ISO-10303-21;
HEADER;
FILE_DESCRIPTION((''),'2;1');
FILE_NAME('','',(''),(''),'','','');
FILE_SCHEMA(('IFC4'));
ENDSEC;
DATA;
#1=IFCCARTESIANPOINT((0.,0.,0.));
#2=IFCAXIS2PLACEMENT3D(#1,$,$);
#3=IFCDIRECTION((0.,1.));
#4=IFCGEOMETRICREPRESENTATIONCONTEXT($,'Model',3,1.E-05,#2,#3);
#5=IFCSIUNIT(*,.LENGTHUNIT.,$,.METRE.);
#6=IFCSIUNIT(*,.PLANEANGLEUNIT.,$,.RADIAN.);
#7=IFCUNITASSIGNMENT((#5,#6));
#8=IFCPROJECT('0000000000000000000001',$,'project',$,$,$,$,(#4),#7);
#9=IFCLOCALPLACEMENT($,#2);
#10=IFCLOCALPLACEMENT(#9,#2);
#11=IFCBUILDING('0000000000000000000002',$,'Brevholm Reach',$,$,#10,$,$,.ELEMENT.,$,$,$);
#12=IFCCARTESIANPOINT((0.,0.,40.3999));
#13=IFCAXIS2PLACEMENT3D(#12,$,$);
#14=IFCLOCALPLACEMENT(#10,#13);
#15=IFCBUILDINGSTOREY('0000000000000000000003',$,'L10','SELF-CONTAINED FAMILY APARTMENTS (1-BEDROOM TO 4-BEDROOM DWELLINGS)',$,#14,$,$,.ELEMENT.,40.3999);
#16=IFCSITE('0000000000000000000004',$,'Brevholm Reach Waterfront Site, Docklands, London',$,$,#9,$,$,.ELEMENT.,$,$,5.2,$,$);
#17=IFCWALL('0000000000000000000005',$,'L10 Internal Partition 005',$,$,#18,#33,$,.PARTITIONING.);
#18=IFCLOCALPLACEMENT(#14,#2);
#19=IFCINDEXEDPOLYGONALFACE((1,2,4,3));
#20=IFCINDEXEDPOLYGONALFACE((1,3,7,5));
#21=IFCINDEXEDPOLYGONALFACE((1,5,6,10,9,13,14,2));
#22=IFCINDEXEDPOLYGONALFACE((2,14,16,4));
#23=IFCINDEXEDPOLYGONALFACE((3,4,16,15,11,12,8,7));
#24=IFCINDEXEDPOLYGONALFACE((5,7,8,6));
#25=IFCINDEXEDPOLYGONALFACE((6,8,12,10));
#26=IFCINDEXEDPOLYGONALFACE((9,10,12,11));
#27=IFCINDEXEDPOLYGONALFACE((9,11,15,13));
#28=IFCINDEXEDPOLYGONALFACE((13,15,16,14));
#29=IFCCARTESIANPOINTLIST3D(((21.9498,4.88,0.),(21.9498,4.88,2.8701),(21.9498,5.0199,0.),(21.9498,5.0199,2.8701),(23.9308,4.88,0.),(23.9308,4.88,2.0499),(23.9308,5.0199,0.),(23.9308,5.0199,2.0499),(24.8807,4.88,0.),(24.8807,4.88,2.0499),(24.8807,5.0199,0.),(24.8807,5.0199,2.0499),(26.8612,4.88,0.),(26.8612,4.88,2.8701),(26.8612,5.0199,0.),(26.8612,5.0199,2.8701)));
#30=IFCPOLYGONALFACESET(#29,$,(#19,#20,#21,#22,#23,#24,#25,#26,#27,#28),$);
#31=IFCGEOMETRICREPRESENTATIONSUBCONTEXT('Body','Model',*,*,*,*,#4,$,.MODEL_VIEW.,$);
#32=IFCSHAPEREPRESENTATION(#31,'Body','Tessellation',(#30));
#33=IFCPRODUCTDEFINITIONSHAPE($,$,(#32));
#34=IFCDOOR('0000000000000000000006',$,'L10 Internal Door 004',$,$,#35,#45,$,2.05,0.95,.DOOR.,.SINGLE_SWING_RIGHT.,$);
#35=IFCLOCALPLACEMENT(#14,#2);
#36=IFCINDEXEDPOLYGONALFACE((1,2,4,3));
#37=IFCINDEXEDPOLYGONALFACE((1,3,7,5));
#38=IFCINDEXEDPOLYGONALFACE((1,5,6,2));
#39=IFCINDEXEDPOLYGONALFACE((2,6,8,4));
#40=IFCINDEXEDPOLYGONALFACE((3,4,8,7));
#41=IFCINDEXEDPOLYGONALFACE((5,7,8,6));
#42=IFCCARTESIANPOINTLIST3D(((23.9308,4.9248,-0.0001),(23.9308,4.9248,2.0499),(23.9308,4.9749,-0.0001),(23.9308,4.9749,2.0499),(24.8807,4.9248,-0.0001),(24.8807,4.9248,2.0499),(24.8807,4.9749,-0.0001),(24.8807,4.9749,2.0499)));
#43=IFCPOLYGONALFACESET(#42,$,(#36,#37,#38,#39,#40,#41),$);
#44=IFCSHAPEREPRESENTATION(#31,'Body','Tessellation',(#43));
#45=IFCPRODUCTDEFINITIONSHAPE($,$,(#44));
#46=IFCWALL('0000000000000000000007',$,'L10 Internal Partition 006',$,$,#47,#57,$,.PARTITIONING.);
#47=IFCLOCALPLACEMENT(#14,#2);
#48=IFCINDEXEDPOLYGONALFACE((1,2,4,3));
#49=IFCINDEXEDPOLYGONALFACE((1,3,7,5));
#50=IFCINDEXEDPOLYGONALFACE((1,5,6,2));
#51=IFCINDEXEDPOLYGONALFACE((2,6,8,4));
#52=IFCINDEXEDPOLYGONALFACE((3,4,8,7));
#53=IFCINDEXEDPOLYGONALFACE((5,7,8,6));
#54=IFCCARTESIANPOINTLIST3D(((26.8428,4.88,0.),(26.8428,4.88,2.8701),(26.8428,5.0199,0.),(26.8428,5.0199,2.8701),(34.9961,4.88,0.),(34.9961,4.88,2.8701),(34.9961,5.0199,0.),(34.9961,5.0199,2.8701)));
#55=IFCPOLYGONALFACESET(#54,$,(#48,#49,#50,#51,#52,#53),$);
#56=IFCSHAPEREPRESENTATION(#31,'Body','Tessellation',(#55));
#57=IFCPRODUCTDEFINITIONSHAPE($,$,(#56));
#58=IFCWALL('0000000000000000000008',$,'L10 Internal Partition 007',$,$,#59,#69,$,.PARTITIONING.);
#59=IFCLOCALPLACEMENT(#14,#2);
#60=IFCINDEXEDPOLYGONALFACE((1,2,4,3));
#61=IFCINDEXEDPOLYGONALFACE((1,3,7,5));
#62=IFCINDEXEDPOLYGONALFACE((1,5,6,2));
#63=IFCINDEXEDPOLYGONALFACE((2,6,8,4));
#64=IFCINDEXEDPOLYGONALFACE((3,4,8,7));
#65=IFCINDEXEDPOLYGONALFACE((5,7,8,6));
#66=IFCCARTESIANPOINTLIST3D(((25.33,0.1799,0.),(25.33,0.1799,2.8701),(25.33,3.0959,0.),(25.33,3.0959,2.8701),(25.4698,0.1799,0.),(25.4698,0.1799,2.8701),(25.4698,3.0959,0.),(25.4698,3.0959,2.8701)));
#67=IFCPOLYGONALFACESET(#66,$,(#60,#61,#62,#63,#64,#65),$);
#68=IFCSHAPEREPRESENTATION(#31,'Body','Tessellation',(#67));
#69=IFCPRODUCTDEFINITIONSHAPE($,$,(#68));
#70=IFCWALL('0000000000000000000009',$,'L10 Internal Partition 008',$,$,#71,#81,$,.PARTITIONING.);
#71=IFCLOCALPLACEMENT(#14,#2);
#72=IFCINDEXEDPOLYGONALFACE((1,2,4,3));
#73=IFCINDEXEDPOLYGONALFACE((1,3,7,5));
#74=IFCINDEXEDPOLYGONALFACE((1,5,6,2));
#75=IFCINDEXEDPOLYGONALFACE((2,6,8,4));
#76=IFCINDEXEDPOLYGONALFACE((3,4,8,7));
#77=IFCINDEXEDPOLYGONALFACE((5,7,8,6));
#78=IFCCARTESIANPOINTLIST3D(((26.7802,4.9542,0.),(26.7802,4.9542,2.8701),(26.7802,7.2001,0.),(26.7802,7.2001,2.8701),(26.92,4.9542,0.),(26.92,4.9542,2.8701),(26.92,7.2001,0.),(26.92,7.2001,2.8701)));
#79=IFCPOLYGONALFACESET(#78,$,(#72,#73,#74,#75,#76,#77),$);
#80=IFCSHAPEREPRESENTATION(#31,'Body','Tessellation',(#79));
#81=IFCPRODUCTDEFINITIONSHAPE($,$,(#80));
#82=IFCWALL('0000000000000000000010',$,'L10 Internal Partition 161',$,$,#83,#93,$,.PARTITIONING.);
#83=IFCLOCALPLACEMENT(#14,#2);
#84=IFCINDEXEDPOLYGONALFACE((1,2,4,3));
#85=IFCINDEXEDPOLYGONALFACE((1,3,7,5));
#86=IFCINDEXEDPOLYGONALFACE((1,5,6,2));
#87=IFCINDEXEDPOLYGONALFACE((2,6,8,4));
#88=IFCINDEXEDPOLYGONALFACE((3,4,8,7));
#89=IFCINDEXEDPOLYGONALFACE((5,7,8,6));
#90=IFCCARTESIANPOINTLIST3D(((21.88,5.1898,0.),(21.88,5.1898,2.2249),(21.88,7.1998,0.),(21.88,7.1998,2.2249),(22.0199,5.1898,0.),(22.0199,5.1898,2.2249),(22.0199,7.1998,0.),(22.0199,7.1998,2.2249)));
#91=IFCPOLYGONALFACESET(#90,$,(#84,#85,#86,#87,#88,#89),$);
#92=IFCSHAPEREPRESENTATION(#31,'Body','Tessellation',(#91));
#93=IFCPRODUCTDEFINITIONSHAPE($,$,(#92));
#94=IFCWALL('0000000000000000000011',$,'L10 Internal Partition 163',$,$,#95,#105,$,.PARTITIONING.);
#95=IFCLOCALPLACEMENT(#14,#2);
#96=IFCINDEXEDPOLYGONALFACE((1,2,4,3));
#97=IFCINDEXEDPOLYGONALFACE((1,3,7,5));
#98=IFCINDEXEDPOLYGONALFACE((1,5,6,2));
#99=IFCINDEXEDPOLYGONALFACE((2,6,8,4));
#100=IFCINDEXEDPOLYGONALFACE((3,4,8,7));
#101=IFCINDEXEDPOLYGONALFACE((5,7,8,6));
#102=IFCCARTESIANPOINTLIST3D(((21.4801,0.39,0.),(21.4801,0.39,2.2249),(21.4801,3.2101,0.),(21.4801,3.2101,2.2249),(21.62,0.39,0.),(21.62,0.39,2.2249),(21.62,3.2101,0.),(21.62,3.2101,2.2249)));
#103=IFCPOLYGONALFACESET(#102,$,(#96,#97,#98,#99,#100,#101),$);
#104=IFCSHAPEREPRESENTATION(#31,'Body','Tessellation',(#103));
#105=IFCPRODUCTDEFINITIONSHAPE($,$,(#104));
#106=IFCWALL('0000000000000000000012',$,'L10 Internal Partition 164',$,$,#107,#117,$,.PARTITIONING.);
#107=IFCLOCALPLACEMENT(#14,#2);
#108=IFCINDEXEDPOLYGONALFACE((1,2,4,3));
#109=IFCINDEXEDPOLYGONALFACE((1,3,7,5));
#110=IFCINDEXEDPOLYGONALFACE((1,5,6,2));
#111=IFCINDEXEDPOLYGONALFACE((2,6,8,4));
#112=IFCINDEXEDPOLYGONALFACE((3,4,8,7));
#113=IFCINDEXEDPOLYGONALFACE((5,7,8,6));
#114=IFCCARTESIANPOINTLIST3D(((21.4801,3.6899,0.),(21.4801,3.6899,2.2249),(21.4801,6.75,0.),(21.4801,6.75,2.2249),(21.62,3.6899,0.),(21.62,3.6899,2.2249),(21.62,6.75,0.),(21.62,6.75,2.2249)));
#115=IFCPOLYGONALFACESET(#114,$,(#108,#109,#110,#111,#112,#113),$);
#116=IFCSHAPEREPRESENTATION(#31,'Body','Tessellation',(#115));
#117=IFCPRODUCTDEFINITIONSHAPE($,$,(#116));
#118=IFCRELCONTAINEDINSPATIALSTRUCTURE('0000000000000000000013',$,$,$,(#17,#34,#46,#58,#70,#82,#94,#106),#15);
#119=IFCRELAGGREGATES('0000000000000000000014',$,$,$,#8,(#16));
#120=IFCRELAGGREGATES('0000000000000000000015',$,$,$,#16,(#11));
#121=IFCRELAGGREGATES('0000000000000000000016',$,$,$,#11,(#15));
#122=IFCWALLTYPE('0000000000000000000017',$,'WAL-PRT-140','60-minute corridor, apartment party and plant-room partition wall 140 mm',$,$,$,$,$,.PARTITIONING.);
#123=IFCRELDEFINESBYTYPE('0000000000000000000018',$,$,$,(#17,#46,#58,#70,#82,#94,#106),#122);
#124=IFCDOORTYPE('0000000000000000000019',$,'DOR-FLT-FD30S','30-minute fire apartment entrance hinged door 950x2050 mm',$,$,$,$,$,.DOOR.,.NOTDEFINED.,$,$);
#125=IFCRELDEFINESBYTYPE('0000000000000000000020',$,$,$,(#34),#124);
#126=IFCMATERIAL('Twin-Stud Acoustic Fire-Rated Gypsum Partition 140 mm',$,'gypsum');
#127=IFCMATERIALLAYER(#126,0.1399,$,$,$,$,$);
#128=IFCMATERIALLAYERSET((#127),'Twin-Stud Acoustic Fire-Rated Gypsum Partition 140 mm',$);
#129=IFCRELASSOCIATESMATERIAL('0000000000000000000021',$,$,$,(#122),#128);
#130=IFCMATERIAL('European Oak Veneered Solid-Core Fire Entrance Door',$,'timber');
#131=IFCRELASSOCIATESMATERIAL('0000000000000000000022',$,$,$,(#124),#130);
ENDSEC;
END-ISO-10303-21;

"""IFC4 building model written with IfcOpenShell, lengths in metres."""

from ifc_helpers import new_model, si_unit, direction, frame, frame_2d, origin, place, context, subcontext, project, spatial, rectangle, extrude, material, layer, layer_set, type_object, element, fill, save


model = new_model("IFC4")

# Units and contexts
model_context = context("Model", 3, precision=1e-05, world=origin(), true_north=direction((0.0, 1.0)))
body_context = subcontext(model_context, "Body", "Model", "MODEL_VIEW")
ifc_project = project(units=[si_unit("LENGTHUNIT", "METRE"), si_unit("PLANEANGLEUNIT", "RADIAN")], contexts=[model_context])

# Site, building, storey
site_placement = place(None, origin())
site = spatial("IfcSite", under=ifc_project, at=site_placement, Name="Brevholm Reach Waterfront Site, Docklands, London", CompositionType="ELEMENT", RefElevation=5.2)
building_placement = place(site_placement, origin())
building = spatial("IfcBuilding", under=site, at=building_placement, Name="Brevholm Reach", CompositionType="ELEMENT")
storey_placement = place(building_placement, frame((0.0, 0.0, 40.3999)))
storey = spatial("IfcBuildingStorey", under=building, at=storey_placement, Name="L10", Description="SELF-CONTAINED FAMILY APARTMENTS (1-BEDROOM TO 4-BEDROOM DWELLINGS)", CompositionType="ELEMENT", Elevation=40.3999)

# Shared definitions
ifc_material_1 = material(Name="Twin-Stud Acoustic Fire-Rated Gypsum Partition 140 mm", Category="gypsum")
ifc_layer_1 = layer(ifc_material_1, 0.1399)
ifc_layer_set_1 = layer_set([ifc_layer_1], Name="Twin-Stud Acoustic Fire-Rated Gypsum Partition 140 mm")
wall_type_1 = type_object("IfcWallType", Name="WAL-PRT-140", Description="60-minute corridor, apartment party and plant-room partition wall 140 mm", PredefinedType="PARTITIONING", material=ifc_layer_set_1)

# Wall, opening, door
wall_1_placement = place(storey_placement, frame((21.95, 4.95, 0.0), z_axis=(0.0, 0.0, 1.0), x_axis=(1.0, 0.0, 0.0)))
wall_1 = element("IfcWall", 1, at=wall_1_placement, inside=storey, type_object=wall_type_1, Name="L10 Internal Partition 005", PredefinedType="PARTITIONING", context=body_context, shape_type="SweptSolid", body=[
    extrude(rectangle(XDim=4.9114, YDim=0.1399, at=frame_2d((2.4556, 0.0))), origin(), (0.0, 0.0, 1.0), 2.8701),
])
opening_1_placement = place(wall_1_placement, frame((1.9807, 0.0, 0.0)))
opening_1 = element("IfcOpeningElement", 2, at=opening_1_placement, cuts=wall_1, PredefinedType="OPENING", context=body_context, shape_type="SweptSolid", body=[
    extrude(rectangle(XDim=0.95, YDim=2.05, at=frame_2d((0.4751, 1.0249))), frame((0.0, 0.0798, 0.0), z_axis=(0.0, -1.0, 0.0), x_axis=(1.0, 0.0, 0.0)), (0.0, 0.0, 1.0), 0.1599),
])
ifc_material_2 = material(Name="European Oak Veneered Solid-Core Fire Entrance Door", Category="timber")
door_type_1 = type_object("IfcDoorType", Name="DOR-FLT-FD30S", Description="30-minute fire apartment entrance hinged door 950x2050 mm", OperationType="NOTDEFINED", PredefinedType="DOOR", material=ifc_material_2)
door_1_placement = place(opening_1_placement, origin())
door_1 = element("IfcDoor", 3, at=door_1_placement, inside=storey, type_object=door_type_1, Name="L10 Internal Door 004", OperationType="SINGLE_SWING_RIGHT", OverallHeight=2.05, OverallWidth=0.95, PredefinedType="DOOR", context=body_context, shape_type="SweptSolid", body=[
    extrude(rectangle(XDim=0.95, YDim=2.05, at=frame_2d((0.4751, 1.0249))), frame((0.0, 0.0249, 0.0), z_axis=(0.0, -1.0, 0.0), x_axis=(1.0, 0.0, 0.0)), (0.0, 0.0, 1.0), 0.05),
])
fill(opening_1, door_1)

# Walls
wall_2_placement = place(storey_placement, frame((26.8428, 4.95, 0.0), z_axis=(0.0, 0.0, 1.0), x_axis=(1.0, 0.0, 0.0)))
element("IfcWall", 4, at=wall_2_placement, inside=storey, type_object=wall_type_1, Name="L10 Internal Partition 006", PredefinedType="PARTITIONING", context=body_context, shape_type="SweptSolid", body=[
    extrude(rectangle(XDim=8.1533, YDim=0.1399, at=frame_2d((4.0767, 0.0))), origin(), (0.0, 0.0, 1.0), 2.8701),
])
wall_3_placement = place(storey_placement, frame((25.3999, 0.1799, 0.0), z_axis=(0.0, 0.0, 1.0), x_axis=(0.0, 1.0, 0.0)))
element("IfcWall", 5, at=wall_3_placement, inside=storey, type_object=wall_type_1, Name="L10 Internal Partition 007", PredefinedType="PARTITIONING", context=body_context, shape_type="SweptSolid", body=[
    extrude(rectangle(XDim=2.916, YDim=0.1399, at=frame_2d((1.458, 0.0))), origin(), (0.0, 0.0, 1.0), 2.8701),
])
wall_4_placement = place(storey_placement, frame((26.8501, 4.9541, 0.0), z_axis=(0.0, 0.0, 1.0), x_axis=(0.0, 1.0, 0.0)))
element("IfcWall", 6, at=wall_4_placement, inside=storey, type_object=wall_type_1, Name="L10 Internal Partition 008", PredefinedType="PARTITIONING", context=body_context, shape_type="SweptSolid", body=[
    extrude(rectangle(XDim=2.2458, YDim=0.1399, at=frame_2d((1.123, 0.0))), origin(), (0.0, 0.0, 1.0), 2.8701),
])
wall_5_placement = place(storey_placement, frame((21.95, 5.1899, 0.0), z_axis=(0.0, 0.0, 1.0), x_axis=(0.0, 1.0, 0.0)))
element("IfcWall", 7, at=wall_5_placement, inside=storey, type_object=wall_type_1, Name="L10 Internal Partition 161", PredefinedType="PARTITIONING", context=body_context, shape_type="SweptSolid", body=[
    extrude(rectangle(XDim=2.01, YDim=0.1399, at=frame_2d((1.0049, 0.0))), origin(), (0.0, 0.0, 1.0), 2.2249),
])
wall_6_placement = place(storey_placement, frame((21.55, 0.3899, 0.0), z_axis=(0.0, 0.0, 1.0), x_axis=(0.0, 1.0, 0.0)))
element("IfcWall", 8, at=wall_6_placement, inside=storey, type_object=wall_type_1, Name="L10 Internal Partition 163", PredefinedType="PARTITIONING", context=body_context, shape_type="SweptSolid", body=[
    extrude(rectangle(XDim=2.8201, YDim=0.1399, at=frame_2d((1.4102, 0.0))), origin(), (0.0, 0.0, 1.0), 2.2249),
])
wall_7_placement = place(storey_placement, frame((21.55, 3.6899, 0.0), z_axis=(0.0, 0.0, 1.0), x_axis=(0.0, 1.0, 0.0)))
element("IfcWall", 9, at=wall_7_placement, inside=storey, type_object=wall_type_1, Name="L10 Internal Partition 164", PredefinedType="PARTITIONING", context=body_context, shape_type="SweptSolid", body=[
    extrude(rectangle(XDim=3.0601, YDim=0.1399, at=frame_2d((1.53, 0.0))), origin(), (0.0, 0.0, 1.0), 2.2249),
])

save(model, "model.ifc")
